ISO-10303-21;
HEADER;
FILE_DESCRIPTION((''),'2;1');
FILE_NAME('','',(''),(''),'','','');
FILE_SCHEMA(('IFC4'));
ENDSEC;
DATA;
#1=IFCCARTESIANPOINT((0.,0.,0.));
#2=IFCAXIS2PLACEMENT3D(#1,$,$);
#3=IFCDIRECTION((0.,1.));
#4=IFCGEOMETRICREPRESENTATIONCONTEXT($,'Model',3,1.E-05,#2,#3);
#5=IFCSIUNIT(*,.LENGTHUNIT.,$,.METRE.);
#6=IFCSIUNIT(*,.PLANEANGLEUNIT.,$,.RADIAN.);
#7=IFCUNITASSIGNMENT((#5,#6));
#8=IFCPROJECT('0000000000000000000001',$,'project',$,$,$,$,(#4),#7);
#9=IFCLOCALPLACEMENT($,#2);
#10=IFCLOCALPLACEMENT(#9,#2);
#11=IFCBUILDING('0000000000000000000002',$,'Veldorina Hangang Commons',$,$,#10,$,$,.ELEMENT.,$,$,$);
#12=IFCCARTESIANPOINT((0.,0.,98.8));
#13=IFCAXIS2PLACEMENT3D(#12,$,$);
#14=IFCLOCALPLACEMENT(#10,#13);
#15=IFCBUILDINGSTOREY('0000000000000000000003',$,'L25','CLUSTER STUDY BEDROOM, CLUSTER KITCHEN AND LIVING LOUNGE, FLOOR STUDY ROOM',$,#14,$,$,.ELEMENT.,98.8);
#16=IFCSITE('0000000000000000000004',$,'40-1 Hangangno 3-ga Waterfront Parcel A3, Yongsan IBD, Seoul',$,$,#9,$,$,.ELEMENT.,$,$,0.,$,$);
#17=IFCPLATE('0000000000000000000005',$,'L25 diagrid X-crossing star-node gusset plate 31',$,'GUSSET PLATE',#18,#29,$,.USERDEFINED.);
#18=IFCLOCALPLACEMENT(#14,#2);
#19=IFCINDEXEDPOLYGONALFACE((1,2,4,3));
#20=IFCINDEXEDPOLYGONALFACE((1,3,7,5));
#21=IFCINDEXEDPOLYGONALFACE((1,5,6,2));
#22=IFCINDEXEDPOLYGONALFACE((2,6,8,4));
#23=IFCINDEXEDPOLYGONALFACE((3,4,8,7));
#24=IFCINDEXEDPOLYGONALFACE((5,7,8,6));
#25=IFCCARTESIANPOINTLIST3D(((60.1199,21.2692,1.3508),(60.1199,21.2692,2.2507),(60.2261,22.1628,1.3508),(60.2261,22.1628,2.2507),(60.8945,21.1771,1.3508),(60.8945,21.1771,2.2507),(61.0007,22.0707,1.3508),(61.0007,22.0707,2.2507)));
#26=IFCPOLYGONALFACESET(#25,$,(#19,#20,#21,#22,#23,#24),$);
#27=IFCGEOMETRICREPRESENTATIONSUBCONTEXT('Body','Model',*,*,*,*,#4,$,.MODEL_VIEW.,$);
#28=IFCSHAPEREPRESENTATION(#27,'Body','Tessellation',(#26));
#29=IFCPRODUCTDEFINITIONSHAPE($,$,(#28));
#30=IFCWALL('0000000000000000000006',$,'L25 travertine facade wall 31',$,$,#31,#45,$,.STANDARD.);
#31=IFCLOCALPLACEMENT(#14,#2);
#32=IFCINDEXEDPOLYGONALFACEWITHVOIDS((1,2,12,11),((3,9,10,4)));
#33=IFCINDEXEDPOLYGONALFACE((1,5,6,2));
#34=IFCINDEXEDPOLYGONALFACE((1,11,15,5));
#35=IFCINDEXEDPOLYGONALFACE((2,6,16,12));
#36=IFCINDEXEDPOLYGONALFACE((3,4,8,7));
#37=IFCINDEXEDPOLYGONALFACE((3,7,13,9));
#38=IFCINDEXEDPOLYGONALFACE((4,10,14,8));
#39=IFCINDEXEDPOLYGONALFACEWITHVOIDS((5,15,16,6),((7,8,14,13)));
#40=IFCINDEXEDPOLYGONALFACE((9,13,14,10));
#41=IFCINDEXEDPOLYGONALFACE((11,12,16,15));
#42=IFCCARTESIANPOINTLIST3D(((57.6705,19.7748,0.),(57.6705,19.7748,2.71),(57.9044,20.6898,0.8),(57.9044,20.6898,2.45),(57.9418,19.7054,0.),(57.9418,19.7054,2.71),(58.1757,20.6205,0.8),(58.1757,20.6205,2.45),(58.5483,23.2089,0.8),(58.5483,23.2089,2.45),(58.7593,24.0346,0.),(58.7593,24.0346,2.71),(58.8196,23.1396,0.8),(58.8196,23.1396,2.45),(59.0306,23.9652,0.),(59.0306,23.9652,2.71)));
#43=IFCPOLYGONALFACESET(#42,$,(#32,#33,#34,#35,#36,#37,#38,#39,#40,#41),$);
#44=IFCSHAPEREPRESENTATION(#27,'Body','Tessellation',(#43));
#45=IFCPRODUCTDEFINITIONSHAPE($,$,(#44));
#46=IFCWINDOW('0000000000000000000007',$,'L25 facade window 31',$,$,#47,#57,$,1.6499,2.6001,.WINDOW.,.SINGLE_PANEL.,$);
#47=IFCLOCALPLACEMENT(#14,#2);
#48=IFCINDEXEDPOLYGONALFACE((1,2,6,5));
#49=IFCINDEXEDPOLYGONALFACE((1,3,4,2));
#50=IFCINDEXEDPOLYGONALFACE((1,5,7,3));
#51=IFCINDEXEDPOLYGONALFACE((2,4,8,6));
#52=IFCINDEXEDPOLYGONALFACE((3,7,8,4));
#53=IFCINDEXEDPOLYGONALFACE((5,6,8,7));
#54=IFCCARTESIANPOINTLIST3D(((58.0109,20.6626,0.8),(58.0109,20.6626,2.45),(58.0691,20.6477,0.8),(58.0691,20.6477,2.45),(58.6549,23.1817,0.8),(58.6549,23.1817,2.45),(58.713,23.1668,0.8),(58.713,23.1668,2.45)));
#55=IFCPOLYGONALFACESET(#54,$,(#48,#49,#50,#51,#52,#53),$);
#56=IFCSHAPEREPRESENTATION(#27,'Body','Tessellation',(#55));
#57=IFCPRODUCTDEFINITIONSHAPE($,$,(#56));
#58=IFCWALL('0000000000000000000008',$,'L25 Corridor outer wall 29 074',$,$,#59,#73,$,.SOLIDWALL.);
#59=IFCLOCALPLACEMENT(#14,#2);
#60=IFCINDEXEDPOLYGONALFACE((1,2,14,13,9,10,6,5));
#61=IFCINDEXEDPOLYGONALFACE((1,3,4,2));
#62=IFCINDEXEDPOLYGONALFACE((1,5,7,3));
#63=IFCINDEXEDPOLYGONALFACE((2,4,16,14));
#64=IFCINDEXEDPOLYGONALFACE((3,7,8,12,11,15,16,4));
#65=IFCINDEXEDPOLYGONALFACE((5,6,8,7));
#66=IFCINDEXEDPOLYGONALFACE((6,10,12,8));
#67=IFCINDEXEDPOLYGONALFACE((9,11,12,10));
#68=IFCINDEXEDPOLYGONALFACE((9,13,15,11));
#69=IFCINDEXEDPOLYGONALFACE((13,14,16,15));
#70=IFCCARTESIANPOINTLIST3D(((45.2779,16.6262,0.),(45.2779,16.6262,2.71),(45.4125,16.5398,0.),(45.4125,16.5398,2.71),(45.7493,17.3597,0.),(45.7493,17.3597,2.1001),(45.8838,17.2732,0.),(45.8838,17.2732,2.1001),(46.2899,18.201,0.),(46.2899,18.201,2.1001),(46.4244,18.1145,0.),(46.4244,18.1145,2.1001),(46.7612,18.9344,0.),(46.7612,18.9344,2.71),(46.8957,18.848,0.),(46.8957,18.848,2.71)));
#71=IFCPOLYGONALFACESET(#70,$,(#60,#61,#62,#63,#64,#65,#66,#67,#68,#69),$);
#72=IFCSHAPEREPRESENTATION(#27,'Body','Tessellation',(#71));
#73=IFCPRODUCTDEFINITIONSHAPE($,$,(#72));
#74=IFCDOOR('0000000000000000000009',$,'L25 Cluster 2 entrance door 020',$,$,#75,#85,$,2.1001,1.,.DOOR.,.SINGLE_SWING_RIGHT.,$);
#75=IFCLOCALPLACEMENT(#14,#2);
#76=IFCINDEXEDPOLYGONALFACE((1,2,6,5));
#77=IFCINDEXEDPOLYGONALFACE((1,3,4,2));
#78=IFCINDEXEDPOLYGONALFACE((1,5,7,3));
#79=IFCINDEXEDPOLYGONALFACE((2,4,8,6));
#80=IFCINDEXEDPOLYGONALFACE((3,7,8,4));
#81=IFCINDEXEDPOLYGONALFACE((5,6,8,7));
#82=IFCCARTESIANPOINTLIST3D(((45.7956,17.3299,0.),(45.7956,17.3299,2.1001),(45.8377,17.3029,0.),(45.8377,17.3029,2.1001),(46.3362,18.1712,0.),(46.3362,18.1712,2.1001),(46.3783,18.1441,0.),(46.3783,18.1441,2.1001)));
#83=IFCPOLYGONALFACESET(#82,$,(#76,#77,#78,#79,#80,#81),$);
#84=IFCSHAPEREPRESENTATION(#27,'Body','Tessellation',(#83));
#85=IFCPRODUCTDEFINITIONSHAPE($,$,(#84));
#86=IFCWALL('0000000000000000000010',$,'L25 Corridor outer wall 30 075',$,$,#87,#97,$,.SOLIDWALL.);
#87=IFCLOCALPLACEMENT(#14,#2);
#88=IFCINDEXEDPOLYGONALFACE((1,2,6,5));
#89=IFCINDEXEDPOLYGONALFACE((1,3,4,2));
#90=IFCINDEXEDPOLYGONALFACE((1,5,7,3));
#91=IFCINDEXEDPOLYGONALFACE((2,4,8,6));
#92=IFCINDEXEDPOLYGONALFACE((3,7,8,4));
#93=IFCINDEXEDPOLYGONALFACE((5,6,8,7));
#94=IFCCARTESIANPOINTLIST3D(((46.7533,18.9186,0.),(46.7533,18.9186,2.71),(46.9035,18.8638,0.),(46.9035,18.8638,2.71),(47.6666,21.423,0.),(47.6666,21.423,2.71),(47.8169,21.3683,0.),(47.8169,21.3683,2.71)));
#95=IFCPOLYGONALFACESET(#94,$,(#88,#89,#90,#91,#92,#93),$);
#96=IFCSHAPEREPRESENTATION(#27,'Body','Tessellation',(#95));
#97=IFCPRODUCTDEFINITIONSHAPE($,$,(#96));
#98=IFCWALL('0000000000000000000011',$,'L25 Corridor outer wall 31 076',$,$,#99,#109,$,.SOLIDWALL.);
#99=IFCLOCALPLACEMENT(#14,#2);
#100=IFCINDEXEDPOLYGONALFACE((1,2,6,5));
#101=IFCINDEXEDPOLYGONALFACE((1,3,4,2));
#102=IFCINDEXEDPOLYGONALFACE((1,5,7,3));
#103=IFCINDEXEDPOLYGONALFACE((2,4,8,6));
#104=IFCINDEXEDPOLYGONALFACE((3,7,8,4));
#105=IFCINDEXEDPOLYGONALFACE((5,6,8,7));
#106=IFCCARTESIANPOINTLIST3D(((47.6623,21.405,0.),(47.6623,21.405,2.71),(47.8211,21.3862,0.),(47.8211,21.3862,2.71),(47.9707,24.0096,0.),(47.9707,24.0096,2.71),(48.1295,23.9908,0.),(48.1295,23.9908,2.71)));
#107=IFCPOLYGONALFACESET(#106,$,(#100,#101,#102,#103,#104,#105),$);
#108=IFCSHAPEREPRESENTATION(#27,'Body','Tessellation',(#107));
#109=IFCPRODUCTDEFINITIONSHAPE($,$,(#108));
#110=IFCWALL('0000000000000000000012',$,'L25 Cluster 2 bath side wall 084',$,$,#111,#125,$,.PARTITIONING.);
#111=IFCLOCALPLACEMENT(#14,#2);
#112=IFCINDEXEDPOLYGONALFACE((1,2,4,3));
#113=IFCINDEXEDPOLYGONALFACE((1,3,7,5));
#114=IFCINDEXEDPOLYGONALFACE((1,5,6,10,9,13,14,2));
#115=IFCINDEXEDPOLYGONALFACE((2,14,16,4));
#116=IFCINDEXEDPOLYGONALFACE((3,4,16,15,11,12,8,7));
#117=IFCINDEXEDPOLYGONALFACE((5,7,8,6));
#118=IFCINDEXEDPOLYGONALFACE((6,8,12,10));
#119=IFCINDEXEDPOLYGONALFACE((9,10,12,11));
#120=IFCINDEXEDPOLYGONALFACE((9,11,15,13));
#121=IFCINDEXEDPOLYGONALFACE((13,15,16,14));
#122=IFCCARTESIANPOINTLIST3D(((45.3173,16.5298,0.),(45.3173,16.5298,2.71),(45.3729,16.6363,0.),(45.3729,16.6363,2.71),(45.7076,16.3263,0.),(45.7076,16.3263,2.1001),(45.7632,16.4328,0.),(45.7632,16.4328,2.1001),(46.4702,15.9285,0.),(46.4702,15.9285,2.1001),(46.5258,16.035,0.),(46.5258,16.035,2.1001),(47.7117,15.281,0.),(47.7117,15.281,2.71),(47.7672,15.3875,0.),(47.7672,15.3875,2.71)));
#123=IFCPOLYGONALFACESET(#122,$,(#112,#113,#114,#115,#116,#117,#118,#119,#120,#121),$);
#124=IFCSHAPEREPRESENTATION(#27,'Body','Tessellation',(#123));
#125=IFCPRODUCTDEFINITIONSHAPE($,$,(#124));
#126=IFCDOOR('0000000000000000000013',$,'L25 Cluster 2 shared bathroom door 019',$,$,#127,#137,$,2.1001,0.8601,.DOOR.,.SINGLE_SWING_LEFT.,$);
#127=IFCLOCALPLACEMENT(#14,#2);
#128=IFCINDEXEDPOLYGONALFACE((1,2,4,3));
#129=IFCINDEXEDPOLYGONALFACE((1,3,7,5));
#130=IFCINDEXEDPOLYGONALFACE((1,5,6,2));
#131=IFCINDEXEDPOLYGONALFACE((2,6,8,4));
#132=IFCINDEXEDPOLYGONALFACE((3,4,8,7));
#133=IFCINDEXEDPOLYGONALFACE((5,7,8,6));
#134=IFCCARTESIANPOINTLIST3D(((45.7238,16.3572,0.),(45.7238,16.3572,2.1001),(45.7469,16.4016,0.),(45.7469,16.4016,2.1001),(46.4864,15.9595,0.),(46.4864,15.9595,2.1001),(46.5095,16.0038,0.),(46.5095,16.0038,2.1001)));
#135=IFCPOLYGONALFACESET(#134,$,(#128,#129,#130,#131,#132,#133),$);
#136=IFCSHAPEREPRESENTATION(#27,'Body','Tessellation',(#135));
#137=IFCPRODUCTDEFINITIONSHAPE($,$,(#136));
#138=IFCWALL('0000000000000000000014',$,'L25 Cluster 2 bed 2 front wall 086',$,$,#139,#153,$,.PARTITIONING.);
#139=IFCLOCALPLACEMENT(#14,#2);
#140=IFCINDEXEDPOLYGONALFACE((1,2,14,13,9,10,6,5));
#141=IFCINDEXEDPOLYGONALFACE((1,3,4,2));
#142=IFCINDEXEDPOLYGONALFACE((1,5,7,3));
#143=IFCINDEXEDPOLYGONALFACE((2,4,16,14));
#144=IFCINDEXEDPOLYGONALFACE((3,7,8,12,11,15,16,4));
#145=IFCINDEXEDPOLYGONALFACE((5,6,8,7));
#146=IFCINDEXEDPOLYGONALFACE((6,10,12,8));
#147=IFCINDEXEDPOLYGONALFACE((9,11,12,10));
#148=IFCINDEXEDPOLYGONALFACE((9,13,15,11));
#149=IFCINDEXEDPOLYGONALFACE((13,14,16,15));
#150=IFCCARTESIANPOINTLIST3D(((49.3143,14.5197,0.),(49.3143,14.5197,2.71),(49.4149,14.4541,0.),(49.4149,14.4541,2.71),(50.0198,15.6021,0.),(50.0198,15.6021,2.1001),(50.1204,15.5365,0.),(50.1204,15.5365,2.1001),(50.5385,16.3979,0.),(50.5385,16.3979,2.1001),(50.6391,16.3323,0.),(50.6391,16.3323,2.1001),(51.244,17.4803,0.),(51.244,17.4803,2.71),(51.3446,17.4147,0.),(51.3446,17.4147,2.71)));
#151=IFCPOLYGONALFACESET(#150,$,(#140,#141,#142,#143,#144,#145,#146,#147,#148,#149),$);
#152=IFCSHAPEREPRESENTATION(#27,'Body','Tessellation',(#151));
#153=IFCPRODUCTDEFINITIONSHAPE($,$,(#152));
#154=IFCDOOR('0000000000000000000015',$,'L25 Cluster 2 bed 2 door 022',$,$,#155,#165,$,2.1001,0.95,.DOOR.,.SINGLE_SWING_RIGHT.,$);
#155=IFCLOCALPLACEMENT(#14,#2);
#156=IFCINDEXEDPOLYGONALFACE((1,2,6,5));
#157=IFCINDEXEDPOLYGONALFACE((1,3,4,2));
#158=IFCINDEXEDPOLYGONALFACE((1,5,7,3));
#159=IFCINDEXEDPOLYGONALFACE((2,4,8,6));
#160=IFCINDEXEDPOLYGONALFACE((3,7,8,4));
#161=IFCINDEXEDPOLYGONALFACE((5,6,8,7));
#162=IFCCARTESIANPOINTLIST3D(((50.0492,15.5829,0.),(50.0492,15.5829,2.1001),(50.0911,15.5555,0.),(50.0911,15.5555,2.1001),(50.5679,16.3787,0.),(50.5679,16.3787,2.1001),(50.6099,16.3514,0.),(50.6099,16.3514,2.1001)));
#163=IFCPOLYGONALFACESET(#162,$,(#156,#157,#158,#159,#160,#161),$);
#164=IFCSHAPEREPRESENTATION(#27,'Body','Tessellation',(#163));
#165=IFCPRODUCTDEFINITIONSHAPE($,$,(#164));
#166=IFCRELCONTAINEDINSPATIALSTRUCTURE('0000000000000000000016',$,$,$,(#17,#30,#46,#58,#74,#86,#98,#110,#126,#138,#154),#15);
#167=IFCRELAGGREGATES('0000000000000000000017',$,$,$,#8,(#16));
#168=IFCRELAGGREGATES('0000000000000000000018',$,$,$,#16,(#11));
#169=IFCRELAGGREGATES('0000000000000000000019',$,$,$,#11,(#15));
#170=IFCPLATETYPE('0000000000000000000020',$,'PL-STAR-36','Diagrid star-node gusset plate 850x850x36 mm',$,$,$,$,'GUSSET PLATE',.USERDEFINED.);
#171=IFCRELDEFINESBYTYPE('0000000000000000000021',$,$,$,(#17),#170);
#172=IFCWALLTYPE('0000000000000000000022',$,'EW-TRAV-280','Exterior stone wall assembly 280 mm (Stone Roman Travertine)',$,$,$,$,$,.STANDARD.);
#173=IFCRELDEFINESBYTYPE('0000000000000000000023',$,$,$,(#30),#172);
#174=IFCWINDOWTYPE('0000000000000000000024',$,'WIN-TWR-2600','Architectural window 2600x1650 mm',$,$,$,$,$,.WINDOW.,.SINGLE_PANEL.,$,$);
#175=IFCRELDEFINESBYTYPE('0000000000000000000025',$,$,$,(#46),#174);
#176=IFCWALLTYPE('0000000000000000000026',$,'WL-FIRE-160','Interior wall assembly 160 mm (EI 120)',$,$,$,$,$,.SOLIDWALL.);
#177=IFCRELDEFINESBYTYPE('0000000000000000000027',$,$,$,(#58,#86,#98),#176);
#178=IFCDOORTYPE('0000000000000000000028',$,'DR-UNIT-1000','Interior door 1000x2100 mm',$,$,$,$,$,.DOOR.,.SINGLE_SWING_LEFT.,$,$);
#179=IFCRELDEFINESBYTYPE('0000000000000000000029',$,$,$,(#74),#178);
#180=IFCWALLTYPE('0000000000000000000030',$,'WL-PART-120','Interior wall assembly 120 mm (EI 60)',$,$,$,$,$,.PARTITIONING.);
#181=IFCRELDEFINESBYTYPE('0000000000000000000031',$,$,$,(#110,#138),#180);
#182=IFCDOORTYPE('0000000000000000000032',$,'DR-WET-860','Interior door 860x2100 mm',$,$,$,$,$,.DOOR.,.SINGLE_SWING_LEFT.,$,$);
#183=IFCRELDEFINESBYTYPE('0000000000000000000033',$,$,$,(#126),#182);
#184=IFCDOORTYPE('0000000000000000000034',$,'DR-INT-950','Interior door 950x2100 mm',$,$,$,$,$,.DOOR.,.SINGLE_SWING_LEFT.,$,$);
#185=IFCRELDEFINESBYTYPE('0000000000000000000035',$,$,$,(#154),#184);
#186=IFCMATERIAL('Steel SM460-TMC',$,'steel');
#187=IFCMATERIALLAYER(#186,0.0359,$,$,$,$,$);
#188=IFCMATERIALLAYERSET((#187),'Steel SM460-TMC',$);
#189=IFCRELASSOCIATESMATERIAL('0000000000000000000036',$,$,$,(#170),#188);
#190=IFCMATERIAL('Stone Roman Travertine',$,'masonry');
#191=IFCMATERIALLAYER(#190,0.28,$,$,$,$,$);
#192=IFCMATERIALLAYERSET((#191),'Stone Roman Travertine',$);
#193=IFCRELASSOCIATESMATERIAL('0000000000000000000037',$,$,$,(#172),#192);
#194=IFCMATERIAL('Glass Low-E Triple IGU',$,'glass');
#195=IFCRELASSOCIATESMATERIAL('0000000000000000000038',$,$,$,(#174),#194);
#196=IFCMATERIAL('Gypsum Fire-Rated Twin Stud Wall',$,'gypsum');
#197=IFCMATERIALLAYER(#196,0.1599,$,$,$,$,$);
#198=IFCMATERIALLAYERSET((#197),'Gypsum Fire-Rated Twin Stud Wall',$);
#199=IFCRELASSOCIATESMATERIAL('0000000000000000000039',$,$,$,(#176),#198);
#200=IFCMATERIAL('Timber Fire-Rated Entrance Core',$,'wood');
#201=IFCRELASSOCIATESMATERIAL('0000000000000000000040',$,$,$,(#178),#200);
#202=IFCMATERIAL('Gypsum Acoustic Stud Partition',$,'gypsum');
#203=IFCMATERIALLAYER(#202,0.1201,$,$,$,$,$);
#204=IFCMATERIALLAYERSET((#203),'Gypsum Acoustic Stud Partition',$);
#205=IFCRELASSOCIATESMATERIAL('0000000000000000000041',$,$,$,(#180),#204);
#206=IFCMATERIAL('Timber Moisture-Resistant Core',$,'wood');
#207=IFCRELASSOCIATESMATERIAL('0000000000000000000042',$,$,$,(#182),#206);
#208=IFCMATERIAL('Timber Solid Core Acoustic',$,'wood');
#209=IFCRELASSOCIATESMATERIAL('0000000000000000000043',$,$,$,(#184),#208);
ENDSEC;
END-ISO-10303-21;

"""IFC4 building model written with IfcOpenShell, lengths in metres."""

from ifc_helpers import new_model, si_unit, direction, frame, frame_2d, origin, origin_2d, place, context, subcontext, project, spatial, rectangle, extrude, material, layer, layer_set, type_object, element, fill, save


model = new_model("IFC4")

# Units and contexts
model_context = context("Model", 3, precision=1e-05, world=origin(), true_north=direction((0.0, 1.0)))
body_context = subcontext(model_context, "Body", "Model", "MODEL_VIEW")
ifc_project = project(units=[si_unit("LENGTHUNIT", "METRE"), si_unit("PLANEANGLEUNIT", "RADIAN")], contexts=[model_context])

# Site, building, storey
site_placement = place(None, origin())
site = spatial("IfcSite", under=ifc_project, at=site_placement, Name="40-1 Hangangno 3-ga Waterfront Parcel A3, Yongsan IBD, Seoul", CompositionType="ELEMENT", RefElevation=0.0)
building_placement = place(site_placement, origin())
building = spatial("IfcBuilding", under=site, at=building_placement, Name="Veldorina Hangang Commons", CompositionType="ELEMENT")
storey_placement = place(building_placement, frame((0.0, 0.0, 98.8)))
storey = spatial("IfcBuildingStorey", under=building, at=storey_placement, Name="L25", Description="CLUSTER STUDY BEDROOM, CLUSTER KITCHEN AND LIVING LOUNGE, FLOOR STUDY ROOM", CompositionType="ELEMENT", Elevation=98.8)

# Shared definitions
ifc_material_1 = material(Name="Glass Low-E Triple IGU", Category="glass")

# Shared definitions
ifc_material_2 = material(Name="Steel SM460-TMC", Category="steel")

# Plate
ifc_layer_1 = layer(ifc_material_2, 0.0359)
ifc_layer_set_1 = layer_set([ifc_layer_1], Name="Steel SM460-TMC")
plate_type_1 = type_object("IfcPlateType", Name="PL-STAR-36", Description="Diagrid star-node gusset plate 850x850x36 mm", ElementType="GUSSET PLATE", PredefinedType="USERDEFINED", material=ifc_layer_set_1)
plate_1_placement = place(storey_placement, frame((60.5603, 21.6699, 1.3508), z_axis=(0.0, 0.0, 1.0), x_axis=(0.118075, 0.993005, 0.0)))
element("IfcPlate", 1, at=plate_1_placement, inside=storey, type_object=plate_type_1, Name="L25 diagrid X-crossing star-node gusset plate 31", ObjectType="GUSSET PLATE", PredefinedType="USERDEFINED", context=body_context, shape_type="SweptSolid", body=[
    extrude(rectangle(XDim=0.8999, YDim=0.78, at=origin_2d()), origin(), (0.0, 0.0, 1.0), 0.8999),
])

# Wall, opening, window
ifc_material_3 = material(Name="Stone Roman Travertine", Category="masonry")
ifc_layer_2 = layer(ifc_material_3, 0.28)
ifc_layer_set_2 = layer_set([ifc_layer_2], Name="Stone Roman Travertine")
wall_type_1 = type_object("IfcWallType", Name="EW-TRAV-280", Description="Exterior stone wall assembly 280 mm (Stone Roman Travertine)", PredefinedType="STANDARD", material=ifc_layer_set_2)
wall_1_placement = place(storey_placement, frame((57.8062, 19.7402, 0.0), z_axis=(0.0, 0.0, 1.0), x_axis=(0.247654, 0.968849, 0.0)))
wall_1 = element("IfcWall", 2, at=wall_1_placement, inside=storey, type_object=wall_type_1, Name="L25 travertine facade wall 31", PredefinedType="STANDARD", context=body_context, shape_type="SweptSolid", body=[
    extrude(rectangle(XDim=4.3967, YDim=0.28, at=frame_2d((2.1982, 0.0))), origin(), (0.0, 0.0, 1.0), 2.71),
])
opening_1_placement = place(wall_1_placement, frame((0.9443, 0.0, 0.8)))
opening_1 = element("IfcOpeningElement", 3, at=opening_1_placement, cuts=wall_1, PredefinedType="OPENING", context=body_context, shape_type="SweptSolid", body=[
    extrude(rectangle(XDim=2.6001, YDim=1.6499, at=frame_2d((1.3, 0.825))), frame((0.0, 0.1499, 0.0), z_axis=(0.0, -1.0, 0.0), x_axis=(1.0, 0.0, 0.0)), (0.0, 0.0, 1.0), 0.3),
])
window_type = type_object("IfcWindowType", Name="WIN-TWR-2600", Description="Architectural window 2600x1650 mm", PartitioningType="SINGLE_PANEL", PredefinedType="WINDOW", material=ifc_material_1)
window_placement = place(opening_1_placement, origin())
window = element("IfcWindow", 4, at=window_placement, inside=storey, type_object=window_type, Name="L25 facade window 31", OverallHeight=1.6499, OverallWidth=2.6001, PartitioningType="SINGLE_PANEL", PredefinedType="WINDOW", context=body_context, shape_type="SweptSolid", body=[
    extrude(rectangle(XDim=2.6001, YDim=1.6499, at=frame_2d((1.3, 0.825))), frame((0.0, 0.03, 0.0), z_axis=(0.0, -1.0, 0.0), x_axis=(1.0, 0.0, 0.0)), (0.0, 0.0, 1.0), 0.0601),
])
fill(opening_1, window)

# Wall, opening, door
ifc_material_4 = material(Name="Gypsum Fire-Rated Twin Stud Wall", Category="gypsum")
ifc_layer_3 = layer(ifc_material_4, 0.1599)
ifc_layer_set_3 = layer_set([ifc_layer_3], Name="Gypsum Fire-Rated Twin Stud Wall")
wall_type_2 = type_object("IfcWallType", Name="WL-FIRE-160", Description="Interior wall assembly 160 mm (EI 120)", PredefinedType="SOLIDWALL", material=ifc_layer_set_3)
wall_2_placement = place(storey_placement, frame((45.3452, 16.583, 0.0), z_axis=(0.0, 0.0, 1.0), x_axis=(0.540596, 0.841283, 0.0)))
wall_2 = element("IfcWall", 5, at=wall_2_placement, inside=storey, type_object=wall_type_2, Name="L25 Corridor outer wall 29 074", PredefinedType="SOLIDWALL", context=body_context, shape_type="SweptSolid", body=[
    extrude(rectangle(XDim=2.7437, YDim=0.1599, at=frame_2d((1.3718, 0.0))), origin(), (0.0, 0.0, 1.0), 2.71),
])
opening_2_placement = place(wall_2_placement, frame((0.8718, 0.0, 0.0)))
opening_2 = element("IfcOpeningElement", 6, at=opening_2_placement, cuts=wall_2, PredefinedType="OPENING", context=body_context, shape_type="SweptSolid", body=[
    extrude(rectangle(XDim=1.0, YDim=2.1001, at=frame_2d((0.5, 1.05))), frame((0.0, 0.0898, 0.0), z_axis=(0.0, -1.0, 0.0), x_axis=(1.0, 0.0, 0.0)), (0.0, 0.0, 1.0), 0.1799),
])
ifc_material_5 = material(Name="Timber Fire-Rated Entrance Core", Category="wood")
door_type_1 = type_object("IfcDoorType", Name="DR-UNIT-1000", Description="Interior door 1000x2100 mm", OperationType="SINGLE_SWING_LEFT", PredefinedType="DOOR", material=ifc_material_5)
door_1_placement = place(opening_2_placement, origin())
door_1 = element("IfcDoor", 7, at=door_1_placement, inside=storey, type_object=door_type_1, Name="L25 Cluster 2 entrance door 020", OperationType="SINGLE_SWING_RIGHT", OverallHeight=2.1001, OverallWidth=1.0, PredefinedType="DOOR", context=body_context, shape_type="SweptSolid", body=[
    extrude(rectangle(XDim=1.0, YDim=2.1001, at=frame_2d((0.5, 1.05))), frame((0.0, 0.0249, 0.0), z_axis=(0.0, -1.0, 0.0), x_axis=(1.0, 0.0, 0.0)), (0.0, 0.0, 1.0), 0.05),
])
fill(opening_2, door_1)

# Walls
wall_3_placement = place(storey_placement, frame((46.8284, 18.8911, 0.0), z_axis=(0.0, 0.0, 1.0), x_axis=(0.342618, 0.939475, 0.0)))
element("IfcWall", 8, at=wall_3_placement, inside=storey, type_object=wall_type_2, Name="L25 Corridor outer wall 30 075", PredefinedType="SOLIDWALL", context=body_context, shape_type="SweptSolid", body=[
    extrude(rectangle(XDim=2.6658, YDim=0.1599, at=frame_2d((1.333, 0.0))), origin(), (0.0, 0.0, 1.0), 2.71),
])
wall_4_placement = place(storey_placement, frame((47.7417, 21.3955, 0.0), z_axis=(0.0, 0.0, 1.0), x_axis=(0.11757, 0.993065, 0.0)))
element("IfcWall", 9, at=wall_4_placement, inside=storey, type_object=wall_type_2, Name="L25 Corridor outer wall 31 076", PredefinedType="SOLIDWALL", context=body_context, shape_type="SweptSolid", body=[
    extrude(rectangle(XDim=2.6228, YDim=0.1599, at=frame_2d((1.3115, 0.0))), origin(), (0.0, 0.0, 1.0), 2.71),
])

# Walls, openings, doors
ifc_material_6 = material(Name="Gypsum Acoustic Stud Partition", Category="gypsum")
ifc_layer_4 = layer(ifc_material_6, 0.1201)
ifc_layer_set_4 = layer_set([ifc_layer_4], Name="Gypsum Acoustic Stud Partition")
wall_type_3 = type_object("IfcWallType", Name="WL-PART-120", Description="Interior wall assembly 120 mm (EI 60)", PredefinedType="PARTITIONING", material=ifc_layer_set_4)
wall_5_placement = place(storey_placement, frame((45.3452, 16.583, 0.0), z_axis=(0.0, 0.0, 1.0), x_axis=(0.886648, -0.462446, 0.0)))
wall_5 = element("IfcWall", 10, at=wall_5_placement, inside=storey, type_object=wall_type_3, Name="L25 Cluster 2 bath side wall 084", PredefinedType="PARTITIONING", context=body_context, shape_type="SweptSolid", body=[
    extrude(rectangle(XDim=2.7004, YDim=0.1201, at=frame_2d((1.3501, 0.0))), origin(), (0.0, 0.0, 1.0), 2.71),
])
opening_3_placement = place(wall_5_placement, frame((0.4399, 0.0, 0.0)))
opening_3 = element("IfcOpeningElement", 11, at=opening_3_placement, cuts=wall_5, PredefinedType="OPENING", context=body_context, shape_type="SweptSolid", body=[
    extrude(rectangle(XDim=0.8601, YDim=2.1001, at=frame_2d((0.4302, 1.05))), frame((0.0, 0.0701, 0.0), z_axis=(0.0, -1.0, 0.0), x_axis=(1.0, 0.0, 0.0)), (0.0, 0.0, 1.0), 0.1401),
])
ifc_material_7 = material(Name="Timber Moisture-Resistant Core", Category="wood")
door_type_2 = type_object("IfcDoorType", Name="DR-WET-860", Description="Interior door 860x2100 mm", OperationType="SINGLE_SWING_LEFT", PredefinedType="DOOR", material=ifc_material_7)
door_2_placement = place(opening_3_placement, origin())
door_2 = element("IfcDoor", 12, at=door_2_placement, inside=storey, type_object=door_type_2, Name="L25 Cluster 2 shared bathroom door 019", OperationType="SINGLE_SWING_LEFT", OverallHeight=2.1001, OverallWidth=0.8601, PredefinedType="DOOR", context=body_context, shape_type="SweptSolid", body=[
    extrude(rectangle(XDim=0.8601, YDim=2.1001, at=frame_2d((0.4302, 1.05))), frame((0.0, 0.0249, 0.0), z_axis=(0.0, -1.0, 0.0), x_axis=(1.0, 0.0, 0.0)), (0.0, 0.0, 1.0), 0.05),
])
fill(opening_3, door_2)
wall_6_placement = place(storey_placement, frame((49.3645, 14.4868, 0.0), z_axis=(0.0, 0.0, 1.0), x_axis=(0.546061, 0.837745, 0.0)))
wall_6 = element("IfcWall", 13, at=wall_6_placement, inside=storey, type_object=wall_type_3, Name="L25 Cluster 2 bed 2 front wall 086", PredefinedType="PARTITIONING", context=body_context, shape_type="SweptSolid", body=[
    extrude(rectangle(XDim=3.5339, YDim=0.1201, at=frame_2d((1.7671, 0.0))), origin(), (0.0, 0.0, 1.0), 2.71),
])
opening_4_placement = place(wall_6_placement, frame((1.292, 0.0, 0.0)))
opening_4 = element("IfcOpeningElement", 14, at=opening_4_placement, cuts=wall_6, PredefinedType="OPENING", context=body_context, shape_type="SweptSolid", body=[
    extrude(rectangle(XDim=0.95, YDim=2.1001, at=frame_2d((0.4751, 1.05))), frame((0.0, 0.0701, 0.0), z_axis=(0.0, -1.0, 0.0), x_axis=(1.0, 0.0, 0.0)), (0.0, 0.0, 1.0), 0.1401),
])
ifc_material_8 = material(Name="Timber Solid Core Acoustic", Category="wood")
door_type_3 = type_object("IfcDoorType", Name="DR-INT-950", Description="Interior door 950x2100 mm", OperationType="SINGLE_SWING_LEFT", PredefinedType="DOOR", material=ifc_material_8)
door_3_placement = place(opening_4_placement, origin())
door_3 = element("IfcDoor", 15, at=door_3_placement, inside=storey, type_object=door_type_3, Name="L25 Cluster 2 bed 2 door 022", OperationType="SINGLE_SWING_RIGHT", OverallHeight=2.1001, OverallWidth=0.95, PredefinedType="DOOR", context=body_context, shape_type="SweptSolid", body=[
    extrude(rectangle(XDim=0.95, YDim=2.1001, at=frame_2d((0.4751, 1.05))), frame((0.0, 0.0249, 0.0), z_axis=(0.0, -1.0, 0.0), x_axis=(1.0, 0.0, 0.0)), (0.0, 0.0, 1.0), 0.05),
])
fill(opening_4, door_3)

save(model, "model.ifc")
